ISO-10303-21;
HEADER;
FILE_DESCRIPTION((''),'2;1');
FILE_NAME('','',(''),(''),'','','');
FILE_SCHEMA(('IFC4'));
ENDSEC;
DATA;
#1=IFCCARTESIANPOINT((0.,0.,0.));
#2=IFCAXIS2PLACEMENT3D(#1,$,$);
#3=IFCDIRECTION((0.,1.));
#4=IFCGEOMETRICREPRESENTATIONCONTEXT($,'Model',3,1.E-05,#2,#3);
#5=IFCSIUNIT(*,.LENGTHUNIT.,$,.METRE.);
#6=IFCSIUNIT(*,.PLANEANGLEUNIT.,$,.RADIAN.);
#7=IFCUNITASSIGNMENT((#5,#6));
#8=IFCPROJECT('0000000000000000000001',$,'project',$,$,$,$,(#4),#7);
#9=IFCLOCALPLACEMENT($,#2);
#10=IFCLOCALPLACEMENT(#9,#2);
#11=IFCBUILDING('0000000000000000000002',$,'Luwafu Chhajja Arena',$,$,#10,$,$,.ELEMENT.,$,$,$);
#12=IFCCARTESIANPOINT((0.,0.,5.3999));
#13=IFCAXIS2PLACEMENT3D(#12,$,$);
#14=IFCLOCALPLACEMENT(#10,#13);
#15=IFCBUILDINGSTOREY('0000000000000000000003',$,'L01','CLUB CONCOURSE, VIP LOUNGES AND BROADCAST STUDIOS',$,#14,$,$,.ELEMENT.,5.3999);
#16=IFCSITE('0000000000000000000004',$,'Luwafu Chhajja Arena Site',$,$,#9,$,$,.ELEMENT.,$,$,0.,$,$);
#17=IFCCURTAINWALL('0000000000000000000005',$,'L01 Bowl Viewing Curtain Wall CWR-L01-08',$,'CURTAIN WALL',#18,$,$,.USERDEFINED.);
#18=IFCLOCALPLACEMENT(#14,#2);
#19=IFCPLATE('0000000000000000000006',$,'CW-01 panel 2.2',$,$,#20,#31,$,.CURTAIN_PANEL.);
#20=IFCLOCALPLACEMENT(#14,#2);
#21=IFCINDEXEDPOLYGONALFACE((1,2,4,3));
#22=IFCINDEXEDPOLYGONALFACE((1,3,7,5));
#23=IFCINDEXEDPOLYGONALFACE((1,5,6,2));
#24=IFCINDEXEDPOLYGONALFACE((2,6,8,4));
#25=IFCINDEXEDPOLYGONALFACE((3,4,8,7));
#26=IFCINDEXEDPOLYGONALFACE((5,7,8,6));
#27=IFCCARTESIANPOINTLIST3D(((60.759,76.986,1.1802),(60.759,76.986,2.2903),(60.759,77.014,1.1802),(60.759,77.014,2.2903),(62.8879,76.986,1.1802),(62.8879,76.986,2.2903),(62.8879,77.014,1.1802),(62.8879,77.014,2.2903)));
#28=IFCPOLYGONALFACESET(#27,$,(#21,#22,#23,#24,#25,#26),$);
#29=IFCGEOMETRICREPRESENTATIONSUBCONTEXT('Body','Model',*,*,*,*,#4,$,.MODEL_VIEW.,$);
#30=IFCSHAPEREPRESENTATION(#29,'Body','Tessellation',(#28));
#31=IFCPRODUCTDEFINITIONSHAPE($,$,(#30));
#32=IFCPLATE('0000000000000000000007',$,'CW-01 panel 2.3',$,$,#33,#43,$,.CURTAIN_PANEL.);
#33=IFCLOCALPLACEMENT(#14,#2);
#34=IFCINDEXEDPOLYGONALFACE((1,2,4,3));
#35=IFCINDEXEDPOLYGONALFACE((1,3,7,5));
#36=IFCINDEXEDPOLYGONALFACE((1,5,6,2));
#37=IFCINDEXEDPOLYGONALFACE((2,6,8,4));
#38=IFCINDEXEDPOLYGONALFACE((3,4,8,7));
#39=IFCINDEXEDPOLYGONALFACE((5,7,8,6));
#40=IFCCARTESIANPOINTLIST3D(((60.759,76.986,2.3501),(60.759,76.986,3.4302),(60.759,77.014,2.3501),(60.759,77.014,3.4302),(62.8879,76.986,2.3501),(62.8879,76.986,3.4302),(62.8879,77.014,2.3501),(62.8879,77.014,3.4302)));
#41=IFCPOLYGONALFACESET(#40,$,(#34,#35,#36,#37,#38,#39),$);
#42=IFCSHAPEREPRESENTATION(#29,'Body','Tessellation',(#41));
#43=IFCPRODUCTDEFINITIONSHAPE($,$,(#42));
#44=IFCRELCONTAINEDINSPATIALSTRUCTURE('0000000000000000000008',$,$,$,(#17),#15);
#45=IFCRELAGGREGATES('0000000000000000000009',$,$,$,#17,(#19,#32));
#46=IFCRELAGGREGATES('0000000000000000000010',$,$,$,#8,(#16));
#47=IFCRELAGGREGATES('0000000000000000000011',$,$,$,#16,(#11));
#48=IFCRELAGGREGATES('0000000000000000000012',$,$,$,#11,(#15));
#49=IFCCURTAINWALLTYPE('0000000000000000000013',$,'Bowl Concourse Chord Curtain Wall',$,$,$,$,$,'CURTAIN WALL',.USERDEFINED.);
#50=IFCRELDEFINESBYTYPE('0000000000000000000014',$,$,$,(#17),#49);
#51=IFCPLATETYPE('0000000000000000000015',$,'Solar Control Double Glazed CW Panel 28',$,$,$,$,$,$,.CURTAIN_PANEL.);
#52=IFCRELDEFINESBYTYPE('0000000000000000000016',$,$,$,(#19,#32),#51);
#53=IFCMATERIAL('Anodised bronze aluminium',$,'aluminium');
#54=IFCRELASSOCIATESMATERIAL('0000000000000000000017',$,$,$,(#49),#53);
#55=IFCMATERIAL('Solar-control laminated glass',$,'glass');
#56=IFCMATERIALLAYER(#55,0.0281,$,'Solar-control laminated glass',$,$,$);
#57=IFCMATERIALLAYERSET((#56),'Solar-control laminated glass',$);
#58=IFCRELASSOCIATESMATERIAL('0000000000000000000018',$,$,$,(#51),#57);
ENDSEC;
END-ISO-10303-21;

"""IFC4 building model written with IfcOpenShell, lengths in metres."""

from ifc_helpers import new_model, si_unit, direction, frame, origin, origin_2d, place, context, subcontext, project, spatial, rectangle, extrude, material, layer, layer_set, type_object, element, aggregate, save


model = new_model("IFC4")

# Units and contexts
model_context = context("Model", 3, precision=1e-05, world=origin(), true_north=direction((0.0, 1.0)))
body_context = subcontext(model_context, "Body", "Model", "MODEL_VIEW")
ifc_project = project(units=[si_unit("LENGTHUNIT", "METRE"), si_unit("PLANEANGLEUNIT", "RADIAN")], contexts=[model_context])

# Site, building, storey
site_placement = place(None, origin())
site = spatial("IfcSite", under=ifc_project, at=site_placement, Name="Luwafu Chhajja Arena Site", CompositionType="ELEMENT", RefElevation=0.0)
building_placement = place(site_placement, origin())
building = spatial("IfcBuilding", under=site, at=building_placement, Name="Luwafu Chhajja Arena", CompositionType="ELEMENT")
storey_placement = place(building_placement, frame((0.0, 0.0, 5.3999)))
storey = spatial("IfcBuildingStorey", under=building, at=storey_placement, Name="L01", Description="CLUB CONCOURSE, VIP LOUNGES AND BROADCAST STUDIOS", CompositionType="ELEMENT", Elevation=5.3999)

# Curtain wall
ifc_material_1 = material(Name="Anodised bronze aluminium", Category="aluminium")
curtain_wall_type = type_object("IfcCurtainWallType", Name="Bowl Concourse Chord Curtain Wall", ElementType="CURTAIN WALL", PredefinedType="USERDEFINED", material=ifc_material_1)
curtain_wall_placement = place(storey_placement, origin())
curtain_wall = element("IfcCurtainWall", 1, at=curtain_wall_placement, inside=storey, type_object=curtain_wall_type, Name="L01 Bowl Viewing Curtain Wall CWR-L01-08", ObjectType="CURTAIN WALL", PredefinedType="USERDEFINED")

# Plates
ifc_material_2 = material(Name="Solar-control laminated glass", Category="glass")
ifc_layer_1 = layer(ifc_material_2, 0.0281, Name="Solar-control laminated glass")
ifc_layer_set_1 = layer_set([ifc_layer_1], Name="Solar-control laminated glass")
plate_type_1 = type_object("IfcPlateType", Name="Solar Control Double Glazed CW Panel 28", PredefinedType="CURTAIN_PANEL", material=ifc_layer_set_1)
plate_1_placement = place(storey_placement, frame((61.8235, 77.0, 1.1802), z_axis=(0.0, 0.0, 1.0), x_axis=(1.0, 0.0, 0.0)))
plate_1 = element("IfcPlate", 2, at=plate_1_placement, type_object=plate_type_1, Name="CW-01 panel 2.2", PredefinedType="CURTAIN_PANEL", context=body_context, shape_type="SweptSolid", body=[
    extrude(rectangle(XDim=2.1289, YDim=0.0281, at=origin_2d()), origin(), (0.0, 0.0, 1.0), 1.1101),
])
plate_2_placement = place(storey_placement, frame((61.8235, 77.0, 2.3501), z_axis=(0.0, 0.0, 1.0), x_axis=(1.0, 0.0, 0.0)))
plate_2 = element("IfcPlate", 3, at=plate_2_placement, type_object=plate_type_1, Name="CW-01 panel 2.3", PredefinedType="CURTAIN_PANEL", context=body_context, shape_type="SweptSolid", body=[
    extrude(rectangle(XDim=2.1289, YDim=0.0281, at=origin_2d()), origin(), (0.0, 0.0, 1.0), 1.0801),
])
aggregate(curtain_wall, [plate_1, plate_2])

save(model, "model.ifc")
